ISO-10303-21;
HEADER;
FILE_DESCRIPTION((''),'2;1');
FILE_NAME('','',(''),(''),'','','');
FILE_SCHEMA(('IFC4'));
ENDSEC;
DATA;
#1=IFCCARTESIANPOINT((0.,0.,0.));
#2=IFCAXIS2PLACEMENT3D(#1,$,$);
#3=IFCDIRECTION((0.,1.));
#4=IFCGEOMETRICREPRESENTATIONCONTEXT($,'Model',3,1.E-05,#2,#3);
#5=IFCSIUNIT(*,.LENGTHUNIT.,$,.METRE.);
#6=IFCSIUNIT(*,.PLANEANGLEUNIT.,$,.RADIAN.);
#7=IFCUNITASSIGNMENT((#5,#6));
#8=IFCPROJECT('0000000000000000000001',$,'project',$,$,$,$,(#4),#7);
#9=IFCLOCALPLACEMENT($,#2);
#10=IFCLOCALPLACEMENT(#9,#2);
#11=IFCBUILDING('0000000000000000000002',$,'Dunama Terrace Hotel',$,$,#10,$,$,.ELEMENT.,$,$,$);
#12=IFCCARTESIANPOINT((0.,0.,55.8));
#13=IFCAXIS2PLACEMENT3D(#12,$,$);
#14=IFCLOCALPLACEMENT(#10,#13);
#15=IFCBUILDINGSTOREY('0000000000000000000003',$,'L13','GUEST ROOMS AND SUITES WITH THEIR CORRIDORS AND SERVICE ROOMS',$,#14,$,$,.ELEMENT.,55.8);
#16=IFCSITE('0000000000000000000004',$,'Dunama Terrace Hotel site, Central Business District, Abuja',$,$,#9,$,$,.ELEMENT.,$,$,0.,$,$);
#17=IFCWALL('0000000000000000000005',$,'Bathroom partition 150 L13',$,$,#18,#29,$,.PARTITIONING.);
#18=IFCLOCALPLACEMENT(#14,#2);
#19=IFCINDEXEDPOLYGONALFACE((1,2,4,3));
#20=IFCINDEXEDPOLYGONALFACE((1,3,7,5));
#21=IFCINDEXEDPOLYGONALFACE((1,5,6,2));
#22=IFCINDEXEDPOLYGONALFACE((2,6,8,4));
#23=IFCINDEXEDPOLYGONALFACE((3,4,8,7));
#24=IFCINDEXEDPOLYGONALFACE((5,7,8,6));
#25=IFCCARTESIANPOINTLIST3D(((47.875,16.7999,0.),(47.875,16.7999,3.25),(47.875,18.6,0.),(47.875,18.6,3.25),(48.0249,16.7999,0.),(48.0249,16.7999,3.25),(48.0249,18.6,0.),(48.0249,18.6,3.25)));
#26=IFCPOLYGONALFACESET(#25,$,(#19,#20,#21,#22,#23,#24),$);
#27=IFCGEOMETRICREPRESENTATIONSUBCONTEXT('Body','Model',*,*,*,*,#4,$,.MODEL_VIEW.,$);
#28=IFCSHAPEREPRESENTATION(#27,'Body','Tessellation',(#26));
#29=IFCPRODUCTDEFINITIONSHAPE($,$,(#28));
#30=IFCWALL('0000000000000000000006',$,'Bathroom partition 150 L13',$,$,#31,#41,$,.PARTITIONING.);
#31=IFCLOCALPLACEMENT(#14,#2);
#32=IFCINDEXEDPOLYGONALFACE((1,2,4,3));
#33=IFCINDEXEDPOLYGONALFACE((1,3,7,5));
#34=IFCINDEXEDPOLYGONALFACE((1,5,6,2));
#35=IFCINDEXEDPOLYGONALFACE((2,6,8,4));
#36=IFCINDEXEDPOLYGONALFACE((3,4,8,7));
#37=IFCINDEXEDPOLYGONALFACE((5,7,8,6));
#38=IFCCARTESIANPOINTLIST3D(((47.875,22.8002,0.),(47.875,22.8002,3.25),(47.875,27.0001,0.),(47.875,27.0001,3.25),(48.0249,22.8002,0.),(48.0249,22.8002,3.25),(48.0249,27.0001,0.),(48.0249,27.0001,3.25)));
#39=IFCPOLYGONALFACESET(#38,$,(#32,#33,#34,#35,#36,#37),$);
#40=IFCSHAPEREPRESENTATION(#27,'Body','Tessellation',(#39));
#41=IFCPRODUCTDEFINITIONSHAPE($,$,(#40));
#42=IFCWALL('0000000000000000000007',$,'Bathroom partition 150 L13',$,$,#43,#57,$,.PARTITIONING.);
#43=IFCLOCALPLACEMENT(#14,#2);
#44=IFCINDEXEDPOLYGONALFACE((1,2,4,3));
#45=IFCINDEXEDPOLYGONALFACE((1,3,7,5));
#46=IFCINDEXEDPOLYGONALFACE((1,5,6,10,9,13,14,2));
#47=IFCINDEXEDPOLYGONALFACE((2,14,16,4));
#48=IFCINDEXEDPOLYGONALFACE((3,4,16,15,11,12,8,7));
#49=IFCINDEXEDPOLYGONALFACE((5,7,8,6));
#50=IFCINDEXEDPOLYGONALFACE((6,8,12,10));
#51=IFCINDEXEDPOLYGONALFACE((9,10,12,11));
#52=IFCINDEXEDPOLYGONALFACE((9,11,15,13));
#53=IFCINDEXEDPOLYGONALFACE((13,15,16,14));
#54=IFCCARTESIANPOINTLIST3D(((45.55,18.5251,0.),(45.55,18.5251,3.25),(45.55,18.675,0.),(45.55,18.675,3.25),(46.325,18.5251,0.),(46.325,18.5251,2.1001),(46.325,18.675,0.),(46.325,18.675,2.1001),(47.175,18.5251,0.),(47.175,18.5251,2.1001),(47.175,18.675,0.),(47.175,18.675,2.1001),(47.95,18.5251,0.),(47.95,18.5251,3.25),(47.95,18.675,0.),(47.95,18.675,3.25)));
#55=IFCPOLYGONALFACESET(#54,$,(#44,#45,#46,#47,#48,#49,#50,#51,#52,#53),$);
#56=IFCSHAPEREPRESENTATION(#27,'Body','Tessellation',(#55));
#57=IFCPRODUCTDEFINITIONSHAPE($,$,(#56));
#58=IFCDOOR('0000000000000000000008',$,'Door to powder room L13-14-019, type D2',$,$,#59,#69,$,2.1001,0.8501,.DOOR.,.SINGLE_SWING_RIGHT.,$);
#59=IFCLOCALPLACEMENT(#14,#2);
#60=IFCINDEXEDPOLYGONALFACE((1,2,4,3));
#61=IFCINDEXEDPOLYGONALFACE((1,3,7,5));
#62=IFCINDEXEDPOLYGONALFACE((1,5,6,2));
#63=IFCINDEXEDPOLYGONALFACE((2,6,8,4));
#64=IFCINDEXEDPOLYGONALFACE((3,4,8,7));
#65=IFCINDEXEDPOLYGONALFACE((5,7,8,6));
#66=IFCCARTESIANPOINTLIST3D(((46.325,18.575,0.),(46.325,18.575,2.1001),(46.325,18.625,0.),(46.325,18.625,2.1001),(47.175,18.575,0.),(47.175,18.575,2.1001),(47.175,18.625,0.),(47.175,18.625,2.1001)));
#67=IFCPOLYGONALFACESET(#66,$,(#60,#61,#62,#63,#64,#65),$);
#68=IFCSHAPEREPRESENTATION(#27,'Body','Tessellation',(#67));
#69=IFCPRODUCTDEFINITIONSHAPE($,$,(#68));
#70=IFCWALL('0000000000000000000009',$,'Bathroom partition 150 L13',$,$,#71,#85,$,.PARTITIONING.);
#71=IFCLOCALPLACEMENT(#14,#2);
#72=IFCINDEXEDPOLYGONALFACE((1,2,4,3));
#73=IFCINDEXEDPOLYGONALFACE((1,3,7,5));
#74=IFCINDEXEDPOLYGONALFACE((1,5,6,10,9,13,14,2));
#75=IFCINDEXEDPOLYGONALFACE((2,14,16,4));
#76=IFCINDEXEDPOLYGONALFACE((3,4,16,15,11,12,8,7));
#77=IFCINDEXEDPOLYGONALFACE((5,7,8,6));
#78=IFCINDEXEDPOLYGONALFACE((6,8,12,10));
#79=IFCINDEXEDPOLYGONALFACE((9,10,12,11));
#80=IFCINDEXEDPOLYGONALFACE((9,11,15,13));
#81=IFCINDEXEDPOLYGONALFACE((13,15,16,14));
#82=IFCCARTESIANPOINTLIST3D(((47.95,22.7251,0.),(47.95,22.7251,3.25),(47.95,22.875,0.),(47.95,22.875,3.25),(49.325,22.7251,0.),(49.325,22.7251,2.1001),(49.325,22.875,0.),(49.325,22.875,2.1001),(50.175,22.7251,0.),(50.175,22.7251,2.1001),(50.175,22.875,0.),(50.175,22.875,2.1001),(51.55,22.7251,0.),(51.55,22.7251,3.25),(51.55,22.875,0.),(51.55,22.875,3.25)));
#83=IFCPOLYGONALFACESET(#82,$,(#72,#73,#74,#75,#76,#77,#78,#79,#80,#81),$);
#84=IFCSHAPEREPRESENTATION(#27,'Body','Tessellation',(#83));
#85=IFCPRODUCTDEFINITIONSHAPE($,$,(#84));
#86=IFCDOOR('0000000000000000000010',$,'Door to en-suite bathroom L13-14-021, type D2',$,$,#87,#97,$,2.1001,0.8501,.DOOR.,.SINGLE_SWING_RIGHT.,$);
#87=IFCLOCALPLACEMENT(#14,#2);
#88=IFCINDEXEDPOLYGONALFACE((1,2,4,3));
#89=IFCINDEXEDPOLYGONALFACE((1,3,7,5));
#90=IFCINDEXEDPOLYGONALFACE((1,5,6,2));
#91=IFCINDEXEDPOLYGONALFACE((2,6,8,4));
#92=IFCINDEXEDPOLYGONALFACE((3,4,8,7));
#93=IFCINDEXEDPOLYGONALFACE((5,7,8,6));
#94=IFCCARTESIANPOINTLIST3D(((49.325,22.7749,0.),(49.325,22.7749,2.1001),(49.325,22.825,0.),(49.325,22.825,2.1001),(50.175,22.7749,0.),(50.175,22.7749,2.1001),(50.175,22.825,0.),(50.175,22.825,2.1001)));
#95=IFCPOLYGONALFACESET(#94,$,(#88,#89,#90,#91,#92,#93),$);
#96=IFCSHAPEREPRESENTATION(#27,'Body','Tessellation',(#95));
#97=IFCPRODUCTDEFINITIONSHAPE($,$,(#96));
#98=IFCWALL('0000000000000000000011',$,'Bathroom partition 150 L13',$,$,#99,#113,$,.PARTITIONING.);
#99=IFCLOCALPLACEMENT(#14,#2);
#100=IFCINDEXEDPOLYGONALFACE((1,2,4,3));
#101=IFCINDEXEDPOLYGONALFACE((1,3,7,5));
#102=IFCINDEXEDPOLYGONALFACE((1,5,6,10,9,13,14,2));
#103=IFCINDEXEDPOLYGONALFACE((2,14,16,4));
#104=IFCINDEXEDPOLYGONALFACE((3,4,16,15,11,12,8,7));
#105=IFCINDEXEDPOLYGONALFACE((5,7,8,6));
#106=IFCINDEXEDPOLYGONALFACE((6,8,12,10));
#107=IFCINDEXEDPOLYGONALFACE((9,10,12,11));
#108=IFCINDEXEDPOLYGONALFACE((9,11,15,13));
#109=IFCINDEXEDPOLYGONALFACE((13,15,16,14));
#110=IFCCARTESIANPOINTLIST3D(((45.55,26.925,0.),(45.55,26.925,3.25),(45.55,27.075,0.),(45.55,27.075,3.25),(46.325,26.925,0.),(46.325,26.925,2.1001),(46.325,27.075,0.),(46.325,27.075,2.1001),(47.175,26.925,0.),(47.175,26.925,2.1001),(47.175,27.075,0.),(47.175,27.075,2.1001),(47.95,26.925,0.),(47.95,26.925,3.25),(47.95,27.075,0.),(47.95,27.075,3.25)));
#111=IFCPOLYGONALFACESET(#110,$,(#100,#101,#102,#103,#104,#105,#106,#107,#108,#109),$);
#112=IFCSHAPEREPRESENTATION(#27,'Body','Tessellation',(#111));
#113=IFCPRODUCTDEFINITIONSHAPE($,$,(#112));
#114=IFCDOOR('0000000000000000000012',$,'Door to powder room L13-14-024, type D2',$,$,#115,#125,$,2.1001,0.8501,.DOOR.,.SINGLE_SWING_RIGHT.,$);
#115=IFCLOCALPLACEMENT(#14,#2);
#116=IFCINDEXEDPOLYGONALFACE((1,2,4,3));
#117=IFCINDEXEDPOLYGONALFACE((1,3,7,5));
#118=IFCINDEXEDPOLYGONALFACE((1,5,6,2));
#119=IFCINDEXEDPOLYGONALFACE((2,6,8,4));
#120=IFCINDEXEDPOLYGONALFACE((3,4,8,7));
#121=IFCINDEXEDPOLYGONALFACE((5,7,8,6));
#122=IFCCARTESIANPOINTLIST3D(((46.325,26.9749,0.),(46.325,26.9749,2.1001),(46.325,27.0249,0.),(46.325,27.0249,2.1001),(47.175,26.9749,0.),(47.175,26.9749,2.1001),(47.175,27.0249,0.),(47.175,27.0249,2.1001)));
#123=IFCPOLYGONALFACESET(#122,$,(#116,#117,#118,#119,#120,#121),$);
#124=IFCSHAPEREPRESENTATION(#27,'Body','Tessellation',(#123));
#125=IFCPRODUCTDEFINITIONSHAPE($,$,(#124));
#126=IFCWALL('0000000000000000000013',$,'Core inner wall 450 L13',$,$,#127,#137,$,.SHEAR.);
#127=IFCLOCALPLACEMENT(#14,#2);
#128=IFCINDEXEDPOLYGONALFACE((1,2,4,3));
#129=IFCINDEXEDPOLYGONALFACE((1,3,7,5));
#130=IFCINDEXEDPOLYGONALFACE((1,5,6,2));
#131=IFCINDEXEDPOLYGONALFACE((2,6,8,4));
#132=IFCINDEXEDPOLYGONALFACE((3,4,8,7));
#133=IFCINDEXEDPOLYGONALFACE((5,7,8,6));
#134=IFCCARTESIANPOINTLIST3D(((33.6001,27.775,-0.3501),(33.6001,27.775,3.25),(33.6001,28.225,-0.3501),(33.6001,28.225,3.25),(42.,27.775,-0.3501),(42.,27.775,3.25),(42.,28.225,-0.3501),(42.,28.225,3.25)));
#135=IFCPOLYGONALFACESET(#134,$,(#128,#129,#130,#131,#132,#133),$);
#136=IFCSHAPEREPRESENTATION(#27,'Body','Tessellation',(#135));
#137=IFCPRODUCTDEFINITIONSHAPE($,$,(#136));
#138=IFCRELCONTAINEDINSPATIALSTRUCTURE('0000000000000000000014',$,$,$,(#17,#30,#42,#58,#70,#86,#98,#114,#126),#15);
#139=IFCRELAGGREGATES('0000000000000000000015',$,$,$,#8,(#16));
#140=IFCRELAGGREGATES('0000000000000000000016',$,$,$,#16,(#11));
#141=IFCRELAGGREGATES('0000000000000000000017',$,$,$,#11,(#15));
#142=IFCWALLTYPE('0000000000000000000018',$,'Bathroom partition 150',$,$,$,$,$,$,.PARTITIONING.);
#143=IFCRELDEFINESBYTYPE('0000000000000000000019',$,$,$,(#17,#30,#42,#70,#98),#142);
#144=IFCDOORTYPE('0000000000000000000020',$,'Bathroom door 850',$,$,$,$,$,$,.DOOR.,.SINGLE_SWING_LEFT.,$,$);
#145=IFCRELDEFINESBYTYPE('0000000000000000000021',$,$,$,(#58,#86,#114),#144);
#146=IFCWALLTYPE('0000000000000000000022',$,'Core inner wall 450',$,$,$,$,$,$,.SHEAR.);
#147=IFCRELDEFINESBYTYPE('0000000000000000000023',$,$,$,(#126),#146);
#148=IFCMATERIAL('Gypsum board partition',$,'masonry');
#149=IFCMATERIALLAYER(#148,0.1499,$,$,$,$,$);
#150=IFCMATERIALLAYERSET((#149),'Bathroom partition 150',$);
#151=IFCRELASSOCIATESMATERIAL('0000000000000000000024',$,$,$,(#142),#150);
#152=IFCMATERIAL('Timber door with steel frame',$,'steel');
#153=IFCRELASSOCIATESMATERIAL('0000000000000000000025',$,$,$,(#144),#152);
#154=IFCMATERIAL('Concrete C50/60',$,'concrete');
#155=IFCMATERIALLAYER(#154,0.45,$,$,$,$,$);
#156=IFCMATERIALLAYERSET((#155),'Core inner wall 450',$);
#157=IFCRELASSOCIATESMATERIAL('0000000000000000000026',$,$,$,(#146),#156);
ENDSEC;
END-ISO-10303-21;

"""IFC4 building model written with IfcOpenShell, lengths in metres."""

from ifc_helpers import new_model, si_unit, direction, frame, frame_2d, origin, place, context, subcontext, project, spatial, rectangle, extrude, material, layer, layer_set, type_object, element, fill, save


model = new_model("IFC4")

# Units and contexts
model_context = context("Model", 3, precision=1e-05, world=origin(), true_north=direction((0.0, 1.0)))
body_context = subcontext(model_context, "Body", "Model", "MODEL_VIEW")
ifc_project = project(units=[si_unit("LENGTHUNIT", "METRE"), si_unit("PLANEANGLEUNIT", "RADIAN")], contexts=[model_context])

# Site, building, storey
site_placement = place(None, origin())
site = spatial("IfcSite", under=ifc_project, at=site_placement, Name="Dunama Terrace Hotel site, Central Business District, Abuja", CompositionType="ELEMENT", RefElevation=0.0)
building_placement = place(site_placement, origin())
building = spatial("IfcBuilding", under=site, at=building_placement, Name="Dunama Terrace Hotel", CompositionType="ELEMENT")
storey_placement = place(building_placement, frame((0.0, 0.0, 55.8)))
storey = spatial("IfcBuildingStorey", under=building, at=storey_placement, Name="L13", Description="GUEST ROOMS AND SUITES WITH THEIR CORRIDORS AND SERVICE ROOMS", CompositionType="ELEMENT", Elevation=55.8)

# Walls
ifc_material_1 = material(Name="Gypsum board partition", Category="masonry")
ifc_layer_1 = layer(ifc_material_1, 0.1499)
ifc_layer_set_1 = layer_set([ifc_layer_1], Name="Bathroom partition 150")
wall_type_1 = type_object("IfcWallType", Name="Bathroom partition 150", PredefinedType="PARTITIONING", material=ifc_layer_set_1)
wall_1_placement = place(storey_placement, frame((47.95, 16.8, 0.0), z_axis=(0.0, 0.0, 1.0), x_axis=(0.0, 1.0, 0.0)))
element("IfcWall", 1, at=wall_1_placement, inside=storey, type_object=wall_type_1, Name="Bathroom partition 150 L13", PredefinedType="PARTITIONING", context=body_context, shape_type="SweptSolid", body=[
    extrude(rectangle(XDim=1.8, YDim=0.1499, at=frame_2d((0.8999, 0.0))), origin(), (0.0, 0.0, 1.0), 3.25),
])
wall_2_placement = place(storey_placement, frame((47.95, 22.8, 0.0), z_axis=(0.0, 0.0, 1.0), x_axis=(0.0, 1.0, 0.0)))
element("IfcWall", 2, at=wall_2_placement, inside=storey, type_object=wall_type_1, Name="Bathroom partition 150 L13", PredefinedType="PARTITIONING", context=body_context, shape_type="SweptSolid", body=[
    extrude(rectangle(XDim=4.2, YDim=0.1499, at=frame_2d((2.1001, 0.0))), origin(), (0.0, 0.0, 1.0), 3.25),
])

# Walls, openings, doors
wall_3_placement = place(storey_placement, frame((45.55, 18.6001, 0.0), z_axis=(0.0, 0.0, 1.0), x_axis=(1.0, 0.0, 0.0)))
wall_3 = element("IfcWall", 3, at=wall_3_placement, inside=storey, type_object=wall_type_1, Name="Bathroom partition 150 L13", PredefinedType="PARTITIONING", context=body_context, shape_type="SweptSolid", body=[
    extrude(rectangle(XDim=2.3999, YDim=0.1499, at=frame_2d((1.2, 0.0))), origin(), (0.0, 0.0, 1.0), 3.25),
])
opening_1_placement = place(wall_3_placement, frame((0.7749, 0.0, 0.0)))
opening_1 = element("IfcOpeningElement", 4, at=opening_1_placement, cuts=wall_3, PredefinedType="OPENING", context=body_context, shape_type="SweptSolid", body=[
    extrude(rectangle(XDim=0.8501, YDim=2.1001, at=frame_2d((0.425, 1.05))), frame((0.0, 0.085, 0.0), z_axis=(0.0, -1.0, 0.0), x_axis=(1.0, 0.0, 0.0)), (0.0, 0.0, 1.0), 0.1699),
])
ifc_material_2 = material(Name="Timber door with steel frame", Category="steel")
door_type_1 = type_object("IfcDoorType", Name="Bathroom door 850", OperationType="SINGLE_SWING_LEFT", PredefinedType="DOOR", material=ifc_material_2)
door_1_placement = place(opening_1_placement, frame((0.8501, 0.0, 0.0), z_axis=(0.0, 0.0, 1.0), x_axis=(-1.0, 0.0, 0.0)))
door_1 = element("IfcDoor", 5, at=door_1_placement, inside=storey, type_object=door_type_1, Name="Door to powder room L13-14-019, type D2", OperationType="SINGLE_SWING_RIGHT", OverallHeight=2.1001, OverallWidth=0.8501, PredefinedType="DOOR", context=body_context, shape_type="SweptSolid", body=[
    extrude(rectangle(XDim=0.8501, YDim=2.1001, at=frame_2d((0.425, 1.05))), frame((0.0, 0.0251, 0.0), z_axis=(0.0, -1.0, 0.0), x_axis=(1.0, 0.0, 0.0)), (0.0, 0.0, 1.0), 0.05),
])
fill(opening_1, door_1)
wall_4_placement = place(storey_placement, frame((47.95, 22.8, 0.0), z_axis=(0.0, 0.0, 1.0), x_axis=(1.0, 0.0, 0.0)))
wall_4 = element("IfcWall", 6, at=wall_4_placement, inside=storey, type_object=wall_type_1, Name="Bathroom partition 150 L13", PredefinedType="PARTITIONING", context=body_context, shape_type="SweptSolid", body=[
    extrude(rectangle(XDim=3.6001, YDim=0.1499, at=frame_2d((1.8, 0.0))), origin(), (0.0, 0.0, 1.0), 3.25),
])
opening_2_placement = place(wall_4_placement, frame((1.375, 0.0, 0.0)))
opening_2 = element("IfcOpeningElement", 7, at=opening_2_placement, cuts=wall_4, PredefinedType="OPENING", context=body_context, shape_type="SweptSolid", body=[
    extrude(rectangle(XDim=0.8501, YDim=2.1001, at=frame_2d((0.425, 1.05))), frame((0.0, 0.085, 0.0), z_axis=(0.0, -1.0, 0.0), x_axis=(1.0, 0.0, 0.0)), (0.0, 0.0, 1.0), 0.1699),
])
door_2_placement = place(opening_2_placement, origin())
door_2 = element("IfcDoor", 8, at=door_2_placement, inside=storey, type_object=door_type_1, Name="Door to en-suite bathroom L13-14-021, type D2", OperationType="SINGLE_SWING_RIGHT", OverallHeight=2.1001, OverallWidth=0.8501, PredefinedType="DOOR", context=body_context, shape_type="SweptSolid", body=[
    extrude(rectangle(XDim=0.8501, YDim=2.1001, at=frame_2d((0.425, 1.05))), frame((0.0, 0.0249, 0.0), z_axis=(0.0, -1.0, 0.0), x_axis=(1.0, 0.0, 0.0)), (0.0, 0.0, 1.0), 0.05),
])
fill(opening_2, door_2)
wall_5_placement = place(storey_placement, frame((45.55, 27.0, 0.0), z_axis=(0.0, 0.0, 1.0), x_axis=(1.0, 0.0, 0.0)))
wall_5 = element("IfcWall", 9, at=wall_5_placement, inside=storey, type_object=wall_type_1, Name="Bathroom partition 150 L13", PredefinedType="PARTITIONING", context=body_context, shape_type="SweptSolid", body=[
    extrude(rectangle(XDim=2.3999, YDim=0.1499, at=frame_2d((1.2, 0.0))), origin(), (0.0, 0.0, 1.0), 3.25),
])
opening_3_placement = place(wall_5_placement, frame((0.7749, 0.0, 0.0)))
opening_3 = element("IfcOpeningElement", 10, at=opening_3_placement, cuts=wall_5, PredefinedType="OPENING", context=body_context, shape_type="SweptSolid", body=[
    extrude(rectangle(XDim=0.8501, YDim=2.1001, at=frame_2d((0.425, 1.05))), frame((0.0, 0.085, 0.0), z_axis=(0.0, -1.0, 0.0), x_axis=(1.0, 0.0, 0.0)), (0.0, 0.0, 1.0), 0.1699),
])
door_3_placement = place(opening_3_placement, frame((0.8501, 0.0, 0.0), z_axis=(0.0, 0.0, 1.0), x_axis=(-1.0, 0.0, 0.0)))
door_3 = element("IfcDoor", 11, at=door_3_placement, inside=storey, type_object=door_type_1, Name="Door to powder room L13-14-024, type D2", OperationType="SINGLE_SWING_RIGHT", OverallHeight=2.1001, OverallWidth=0.8501, PredefinedType="DOOR", context=body_context, shape_type="SweptSolid", body=[
    extrude(rectangle(XDim=0.8501, YDim=2.1001, at=frame_2d((0.425, 1.05))), frame((0.0, 0.0251, 0.0), z_axis=(0.0, -1.0, 0.0), x_axis=(1.0, 0.0, 0.0)), (0.0, 0.0, 1.0), 0.05),
])
fill(opening_3, door_3)

# Wall
ifc_material_3 = material(Name="Concrete C50/60", Category="concrete")
ifc_layer_2 = layer(ifc_material_3, 0.45)
ifc_layer_set_2 = layer_set([ifc_layer_2], Name="Core inner wall 450")
wall_type_2 = type_object("IfcWallType", Name="Core inner wall 450", PredefinedType="SHEAR", material=ifc_layer_set_2)
wall_6_placement = place(storey_placement, frame((33.6001, 28.0, -0.3501), z_axis=(0.0, 0.0, 1.0), x_axis=(1.0, 0.0, 0.0)))
element("IfcWall", 12, at=wall_6_placement, inside=storey, type_object=wall_type_2, Name="Core inner wall 450 L13", PredefinedType="SHEAR", context=body_context, shape_type="SweptSolid", body=[
    extrude(rectangle(XDim=8.3999, YDim=0.45, at=frame_2d((4.2, 0.0))), origin(), (0.0, 0.0, 1.0), 3.6001),
])

save(model, "model.ifc")
